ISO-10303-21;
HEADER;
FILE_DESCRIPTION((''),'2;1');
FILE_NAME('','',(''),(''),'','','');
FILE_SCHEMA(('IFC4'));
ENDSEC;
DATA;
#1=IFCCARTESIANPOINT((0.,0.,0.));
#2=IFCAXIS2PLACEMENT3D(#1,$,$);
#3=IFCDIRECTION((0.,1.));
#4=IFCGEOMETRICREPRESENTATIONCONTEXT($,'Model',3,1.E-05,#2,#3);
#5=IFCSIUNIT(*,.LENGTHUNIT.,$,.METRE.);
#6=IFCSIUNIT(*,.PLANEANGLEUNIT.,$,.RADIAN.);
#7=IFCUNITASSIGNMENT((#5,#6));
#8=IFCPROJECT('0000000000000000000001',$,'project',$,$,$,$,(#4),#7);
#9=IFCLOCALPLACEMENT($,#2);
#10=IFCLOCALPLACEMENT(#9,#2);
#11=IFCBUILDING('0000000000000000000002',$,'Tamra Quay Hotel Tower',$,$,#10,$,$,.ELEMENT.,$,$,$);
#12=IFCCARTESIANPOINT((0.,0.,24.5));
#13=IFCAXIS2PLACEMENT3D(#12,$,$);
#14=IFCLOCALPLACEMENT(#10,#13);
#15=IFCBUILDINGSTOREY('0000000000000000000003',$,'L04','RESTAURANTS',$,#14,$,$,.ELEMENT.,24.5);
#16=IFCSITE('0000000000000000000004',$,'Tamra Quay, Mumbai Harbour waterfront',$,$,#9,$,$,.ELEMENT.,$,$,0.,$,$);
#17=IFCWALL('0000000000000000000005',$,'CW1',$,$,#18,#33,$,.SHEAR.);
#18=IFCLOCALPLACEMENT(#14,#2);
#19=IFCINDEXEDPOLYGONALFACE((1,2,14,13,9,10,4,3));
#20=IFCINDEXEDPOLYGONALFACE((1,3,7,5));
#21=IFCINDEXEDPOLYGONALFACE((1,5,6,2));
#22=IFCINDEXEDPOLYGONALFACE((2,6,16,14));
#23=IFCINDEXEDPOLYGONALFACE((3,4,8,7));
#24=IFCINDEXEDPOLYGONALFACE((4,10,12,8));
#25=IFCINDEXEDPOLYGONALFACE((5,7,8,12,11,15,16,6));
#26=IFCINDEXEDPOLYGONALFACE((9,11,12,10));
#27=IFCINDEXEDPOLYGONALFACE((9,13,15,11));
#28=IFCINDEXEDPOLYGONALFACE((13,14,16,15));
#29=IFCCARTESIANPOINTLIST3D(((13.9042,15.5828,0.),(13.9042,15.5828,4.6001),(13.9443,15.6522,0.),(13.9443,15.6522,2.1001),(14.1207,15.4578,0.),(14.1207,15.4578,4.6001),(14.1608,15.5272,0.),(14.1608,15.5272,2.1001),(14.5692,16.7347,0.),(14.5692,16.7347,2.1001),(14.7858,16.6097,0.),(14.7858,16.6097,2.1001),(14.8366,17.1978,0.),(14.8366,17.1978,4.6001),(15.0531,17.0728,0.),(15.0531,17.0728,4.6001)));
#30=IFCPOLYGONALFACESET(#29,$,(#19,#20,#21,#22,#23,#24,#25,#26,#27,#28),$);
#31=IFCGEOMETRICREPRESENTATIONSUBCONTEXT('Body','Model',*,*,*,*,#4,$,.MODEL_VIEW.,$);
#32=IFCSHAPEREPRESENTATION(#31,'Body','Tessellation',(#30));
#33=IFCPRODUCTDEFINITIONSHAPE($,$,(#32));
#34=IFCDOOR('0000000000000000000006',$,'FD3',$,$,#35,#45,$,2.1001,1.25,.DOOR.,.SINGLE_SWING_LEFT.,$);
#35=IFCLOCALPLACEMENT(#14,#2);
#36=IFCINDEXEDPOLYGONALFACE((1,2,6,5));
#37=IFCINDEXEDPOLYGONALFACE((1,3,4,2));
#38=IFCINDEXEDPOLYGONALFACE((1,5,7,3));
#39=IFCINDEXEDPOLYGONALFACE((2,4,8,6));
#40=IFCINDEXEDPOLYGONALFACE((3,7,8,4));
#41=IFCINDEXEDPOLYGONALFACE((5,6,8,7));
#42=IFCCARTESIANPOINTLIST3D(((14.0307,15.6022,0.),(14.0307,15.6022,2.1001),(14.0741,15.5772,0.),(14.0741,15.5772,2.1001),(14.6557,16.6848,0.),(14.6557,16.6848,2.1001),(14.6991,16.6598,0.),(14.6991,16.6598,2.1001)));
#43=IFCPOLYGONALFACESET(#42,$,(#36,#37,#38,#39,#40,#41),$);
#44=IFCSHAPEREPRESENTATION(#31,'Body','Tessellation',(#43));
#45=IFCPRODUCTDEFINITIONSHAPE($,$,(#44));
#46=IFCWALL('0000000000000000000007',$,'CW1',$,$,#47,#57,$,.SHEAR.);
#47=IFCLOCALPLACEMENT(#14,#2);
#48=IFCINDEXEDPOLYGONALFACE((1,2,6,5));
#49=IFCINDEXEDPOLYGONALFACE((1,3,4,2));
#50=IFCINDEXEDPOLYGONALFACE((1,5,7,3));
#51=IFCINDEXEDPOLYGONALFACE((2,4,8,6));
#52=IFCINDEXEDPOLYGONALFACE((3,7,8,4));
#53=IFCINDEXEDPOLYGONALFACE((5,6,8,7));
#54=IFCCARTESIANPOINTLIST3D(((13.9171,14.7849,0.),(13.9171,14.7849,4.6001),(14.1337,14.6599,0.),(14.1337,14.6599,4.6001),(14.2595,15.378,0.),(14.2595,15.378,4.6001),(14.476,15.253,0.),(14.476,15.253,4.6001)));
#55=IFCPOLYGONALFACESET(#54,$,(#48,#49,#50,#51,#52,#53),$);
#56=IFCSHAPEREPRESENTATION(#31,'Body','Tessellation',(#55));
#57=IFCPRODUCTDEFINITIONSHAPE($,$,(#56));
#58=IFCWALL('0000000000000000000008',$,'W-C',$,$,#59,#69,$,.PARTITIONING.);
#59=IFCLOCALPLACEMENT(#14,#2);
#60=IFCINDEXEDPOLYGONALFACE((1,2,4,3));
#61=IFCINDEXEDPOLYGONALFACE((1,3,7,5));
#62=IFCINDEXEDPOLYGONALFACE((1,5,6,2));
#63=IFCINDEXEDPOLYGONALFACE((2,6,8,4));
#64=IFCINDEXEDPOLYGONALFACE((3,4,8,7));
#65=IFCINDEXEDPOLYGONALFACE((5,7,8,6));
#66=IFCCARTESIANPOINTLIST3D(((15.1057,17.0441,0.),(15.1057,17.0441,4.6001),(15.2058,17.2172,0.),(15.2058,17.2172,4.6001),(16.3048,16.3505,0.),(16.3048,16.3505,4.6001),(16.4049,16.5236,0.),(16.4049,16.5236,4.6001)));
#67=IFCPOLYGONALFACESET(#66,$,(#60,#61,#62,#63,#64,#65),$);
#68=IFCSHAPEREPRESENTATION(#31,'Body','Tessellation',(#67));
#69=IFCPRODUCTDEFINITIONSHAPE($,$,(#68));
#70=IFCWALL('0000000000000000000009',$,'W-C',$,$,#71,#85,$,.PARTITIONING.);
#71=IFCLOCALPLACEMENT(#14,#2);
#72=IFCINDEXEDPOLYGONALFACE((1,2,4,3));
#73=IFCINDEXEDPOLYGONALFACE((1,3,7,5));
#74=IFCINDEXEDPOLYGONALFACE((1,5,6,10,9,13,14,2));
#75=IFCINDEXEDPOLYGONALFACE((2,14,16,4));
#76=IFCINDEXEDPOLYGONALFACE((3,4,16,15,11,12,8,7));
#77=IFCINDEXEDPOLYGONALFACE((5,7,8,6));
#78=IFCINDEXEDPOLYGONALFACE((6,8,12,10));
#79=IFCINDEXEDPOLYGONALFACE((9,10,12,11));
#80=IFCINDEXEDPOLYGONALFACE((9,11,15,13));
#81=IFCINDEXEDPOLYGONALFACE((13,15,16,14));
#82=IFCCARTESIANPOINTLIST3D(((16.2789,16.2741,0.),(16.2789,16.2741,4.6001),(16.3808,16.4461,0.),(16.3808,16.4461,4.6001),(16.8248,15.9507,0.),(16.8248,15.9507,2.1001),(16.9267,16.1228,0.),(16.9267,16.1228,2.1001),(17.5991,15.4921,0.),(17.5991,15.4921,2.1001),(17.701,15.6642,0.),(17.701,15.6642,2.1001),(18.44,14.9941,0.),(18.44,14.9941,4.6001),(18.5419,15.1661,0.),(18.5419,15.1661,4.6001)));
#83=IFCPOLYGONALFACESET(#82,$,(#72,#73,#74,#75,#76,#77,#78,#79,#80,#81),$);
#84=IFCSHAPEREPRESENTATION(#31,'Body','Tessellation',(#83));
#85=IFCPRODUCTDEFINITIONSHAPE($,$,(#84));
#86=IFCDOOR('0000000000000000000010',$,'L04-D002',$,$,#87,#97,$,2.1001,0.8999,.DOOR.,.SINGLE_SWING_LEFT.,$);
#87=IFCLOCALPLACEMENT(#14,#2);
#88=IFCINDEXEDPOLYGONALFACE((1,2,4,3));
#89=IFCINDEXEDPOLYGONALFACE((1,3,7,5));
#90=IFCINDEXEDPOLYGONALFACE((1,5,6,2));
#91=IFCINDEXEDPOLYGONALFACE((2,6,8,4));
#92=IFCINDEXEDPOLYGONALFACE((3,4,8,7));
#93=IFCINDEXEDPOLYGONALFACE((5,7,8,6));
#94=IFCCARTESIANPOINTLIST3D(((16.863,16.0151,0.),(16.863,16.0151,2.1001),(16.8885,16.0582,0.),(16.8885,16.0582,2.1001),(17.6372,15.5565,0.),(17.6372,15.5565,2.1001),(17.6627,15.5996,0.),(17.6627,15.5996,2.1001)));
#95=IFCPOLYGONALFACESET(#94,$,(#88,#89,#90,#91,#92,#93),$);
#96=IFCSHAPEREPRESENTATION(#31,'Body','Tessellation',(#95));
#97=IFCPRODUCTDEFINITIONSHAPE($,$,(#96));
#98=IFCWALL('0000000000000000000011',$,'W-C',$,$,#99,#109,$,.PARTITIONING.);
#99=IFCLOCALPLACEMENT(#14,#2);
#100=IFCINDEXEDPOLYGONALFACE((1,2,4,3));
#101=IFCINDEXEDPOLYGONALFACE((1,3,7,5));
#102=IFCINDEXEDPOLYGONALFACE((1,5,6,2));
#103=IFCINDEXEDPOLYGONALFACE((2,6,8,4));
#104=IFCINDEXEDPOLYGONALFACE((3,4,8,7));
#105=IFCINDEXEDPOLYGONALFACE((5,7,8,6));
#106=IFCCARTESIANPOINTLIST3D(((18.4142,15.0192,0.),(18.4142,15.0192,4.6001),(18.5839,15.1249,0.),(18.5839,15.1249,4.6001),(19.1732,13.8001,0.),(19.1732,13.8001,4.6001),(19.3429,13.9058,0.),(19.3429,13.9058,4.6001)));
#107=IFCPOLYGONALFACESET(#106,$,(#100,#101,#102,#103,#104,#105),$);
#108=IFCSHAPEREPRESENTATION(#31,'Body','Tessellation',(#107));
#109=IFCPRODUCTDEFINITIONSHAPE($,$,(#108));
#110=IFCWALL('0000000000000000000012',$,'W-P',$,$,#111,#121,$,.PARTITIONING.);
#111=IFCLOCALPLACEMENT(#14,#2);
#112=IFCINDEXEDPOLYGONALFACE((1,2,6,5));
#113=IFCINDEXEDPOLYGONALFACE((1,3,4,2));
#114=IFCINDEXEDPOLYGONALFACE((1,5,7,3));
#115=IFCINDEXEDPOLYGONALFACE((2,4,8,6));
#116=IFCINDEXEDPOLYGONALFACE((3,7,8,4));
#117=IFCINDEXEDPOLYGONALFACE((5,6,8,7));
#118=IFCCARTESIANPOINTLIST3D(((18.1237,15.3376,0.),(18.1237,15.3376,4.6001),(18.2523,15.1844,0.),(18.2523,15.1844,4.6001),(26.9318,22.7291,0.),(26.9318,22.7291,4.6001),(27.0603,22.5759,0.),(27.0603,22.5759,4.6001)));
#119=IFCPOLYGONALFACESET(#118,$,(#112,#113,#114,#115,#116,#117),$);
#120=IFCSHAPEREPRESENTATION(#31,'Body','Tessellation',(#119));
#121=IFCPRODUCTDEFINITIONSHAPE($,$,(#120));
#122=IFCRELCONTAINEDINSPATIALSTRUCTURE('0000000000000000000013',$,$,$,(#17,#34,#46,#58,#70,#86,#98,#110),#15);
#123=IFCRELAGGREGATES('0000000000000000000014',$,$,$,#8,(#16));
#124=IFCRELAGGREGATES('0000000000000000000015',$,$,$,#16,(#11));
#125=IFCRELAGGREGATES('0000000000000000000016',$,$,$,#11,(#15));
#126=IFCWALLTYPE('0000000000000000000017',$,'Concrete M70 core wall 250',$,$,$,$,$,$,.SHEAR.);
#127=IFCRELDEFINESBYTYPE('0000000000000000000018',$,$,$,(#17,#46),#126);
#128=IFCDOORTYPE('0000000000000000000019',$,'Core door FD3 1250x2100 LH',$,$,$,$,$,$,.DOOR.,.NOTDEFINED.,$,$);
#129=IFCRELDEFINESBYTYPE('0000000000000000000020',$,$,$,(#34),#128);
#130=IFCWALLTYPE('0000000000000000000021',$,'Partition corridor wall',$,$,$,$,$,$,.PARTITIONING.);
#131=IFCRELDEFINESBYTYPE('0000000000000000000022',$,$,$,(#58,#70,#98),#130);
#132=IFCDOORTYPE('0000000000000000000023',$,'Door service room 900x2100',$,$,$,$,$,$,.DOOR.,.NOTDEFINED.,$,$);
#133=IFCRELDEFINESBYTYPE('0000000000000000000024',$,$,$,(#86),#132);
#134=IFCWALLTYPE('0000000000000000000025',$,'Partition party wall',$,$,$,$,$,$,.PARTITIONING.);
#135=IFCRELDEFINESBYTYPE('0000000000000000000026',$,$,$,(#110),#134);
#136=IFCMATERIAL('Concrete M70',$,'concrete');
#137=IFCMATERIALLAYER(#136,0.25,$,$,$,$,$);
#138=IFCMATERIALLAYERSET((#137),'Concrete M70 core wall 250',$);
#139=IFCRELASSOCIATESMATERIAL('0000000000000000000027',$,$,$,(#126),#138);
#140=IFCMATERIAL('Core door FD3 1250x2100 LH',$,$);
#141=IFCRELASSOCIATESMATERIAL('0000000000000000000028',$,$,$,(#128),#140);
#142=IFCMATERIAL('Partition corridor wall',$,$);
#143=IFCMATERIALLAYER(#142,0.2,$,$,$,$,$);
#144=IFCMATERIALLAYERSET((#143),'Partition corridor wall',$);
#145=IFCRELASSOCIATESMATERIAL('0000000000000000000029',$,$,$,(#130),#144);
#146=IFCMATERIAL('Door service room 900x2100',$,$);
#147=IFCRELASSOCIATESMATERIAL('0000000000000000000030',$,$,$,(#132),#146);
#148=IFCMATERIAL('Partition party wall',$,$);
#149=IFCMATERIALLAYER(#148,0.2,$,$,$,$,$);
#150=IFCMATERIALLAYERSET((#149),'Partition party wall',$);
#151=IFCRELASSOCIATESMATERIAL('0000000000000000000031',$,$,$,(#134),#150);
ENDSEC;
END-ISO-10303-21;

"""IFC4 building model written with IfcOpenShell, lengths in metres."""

from ifc_helpers import new_model, si_unit, direction, frame, frame_2d, origin, place, context, subcontext, project, spatial, rectangle, extrude, material, layer, layer_set, type_object, element, fill, save


model = new_model("IFC4")

# Units and contexts
model_context = context("Model", 3, precision=1e-05, world=origin(), true_north=direction((0.0, 1.0)))
body_context = subcontext(model_context, "Body", "Model", "MODEL_VIEW")
ifc_project = project(units=[si_unit("LENGTHUNIT", "METRE"), si_unit("PLANEANGLEUNIT", "RADIAN")], contexts=[model_context])

# Site, building, storey
site_placement = place(None, origin())
site = spatial("IfcSite", under=ifc_project, at=site_placement, Name="Tamra Quay, Mumbai Harbour waterfront", CompositionType="ELEMENT", RefElevation=0.0)
building_placement = place(site_placement, origin())
building = spatial("IfcBuilding", under=site, at=building_placement, Name="Tamra Quay Hotel Tower", CompositionType="ELEMENT")
storey_placement = place(building_placement, frame((0.0, 0.0, 24.5)))
storey = spatial("IfcBuildingStorey", under=building, at=storey_placement, Name="L04", Description="RESTAURANTS", CompositionType="ELEMENT", Elevation=24.5)

# Shared definitions
ifc_material_1 = material(Name="Concrete M70", Category="concrete")

# Shared definitions
ifc_layer_1 = layer(ifc_material_1, 0.25)
ifc_layer_set_1 = layer_set([ifc_layer_1], Name="Concrete M70 core wall 250")
wall_type_1 = type_object("IfcWallType", Name="Concrete M70 core wall 250", PredefinedType="SHEAR", material=ifc_layer_set_1)

# Wall, opening, door
wall_1_placement = place(storey_placement, frame((14.9448, 17.1353, 0.0), z_axis=(0.0, 0.0, 1.0), x_axis=(-0.499983, -0.866035, 0.0)))
wall_1 = element("IfcWall", 1, at=wall_1_placement, inside=storey, type_object=wall_type_1, Name="CW1", PredefinedType="SHEAR", context=body_context, shape_type="SweptSolid", body=[
    extrude(rectangle(XDim=1.8647, YDim=0.25, at=frame_2d((0.9324, 0.0))), origin(), (0.0, 0.0, 1.0), 4.6001),
])
opening_1_placement = place(wall_1_placement, frame((0.5347, 0.0, 0.0)))
opening_1 = element("IfcOpeningElement", 2, at=opening_1_placement, cuts=wall_1, PredefinedType="OPENING", context=body_context, shape_type="SweptSolid", body=[
    extrude(rectangle(XDim=1.25, YDim=2.1001, at=frame_2d((0.625, 1.05))), frame((0.0, 0.135, 0.0), z_axis=(0.0, -1.0, 0.0), x_axis=(1.0, 0.0, 0.0)), (0.0, 0.0, 1.0), 0.27),
])
ifc_material_2 = material(Name="Core door FD3 1250x2100 LH")
door_type_1 = type_object("IfcDoorType", Name="Core door FD3 1250x2100 LH", OperationType="NOTDEFINED", PredefinedType="DOOR", material=ifc_material_2)
door_1_placement = place(opening_1_placement, origin())
door_1 = element("IfcDoor", 3, at=door_1_placement, inside=storey, type_object=door_type_1, Name="FD3", OperationType="SINGLE_SWING_LEFT", OverallHeight=2.1001, OverallWidth=1.25, PredefinedType="DOOR", context=body_context, shape_type="SweptSolid", body=[
    extrude(rectangle(XDim=1.25, YDim=2.1001, at=frame_2d((0.625, 1.05))), frame((0.0, 0.0249, 0.0), z_axis=(0.0, -1.0, 0.0), x_axis=(1.0, 0.0, 0.0)), (0.0, 0.0, 1.0), 0.05),
])
fill(opening_1, door_1)

# Walls
wall_2_placement = place(storey_placement, frame((14.3677, 15.3154, 0.0), z_axis=(0.0, 0.0, 1.0), x_axis=(-0.499897, -0.866085, 0.0)))
element("IfcWall", 4, at=wall_2_placement, inside=storey, type_object=wall_type_1, Name="CW1", PredefinedType="SHEAR", context=body_context, shape_type="SweptSolid", body=[
    extrude(rectangle(XDim=0.6848, YDim=0.25, at=frame_2d((0.3423, 0.0))), origin(), (0.0, 0.0, 1.0), 4.6001),
])
ifc_material_3 = material(Name="Partition corridor wall")
ifc_layer_2 = layer(ifc_material_3, 0.2)
ifc_layer_set_2 = layer_set([ifc_layer_2], Name="Partition corridor wall")
wall_type_2 = type_object("IfcWallType", Name="Partition corridor wall", PredefinedType="PARTITIONING", material=ifc_layer_set_2)
wall_3_placement = place(storey_placement, frame((15.1558, 17.1306, 0.0), z_axis=(0.0, 0.0, 1.0), x_axis=(0.865639, -0.500668, 0.0)))
element("IfcWall", 5, at=wall_3_placement, inside=storey, type_object=wall_type_2, Name="W-C", PredefinedType="PARTITIONING", context=body_context, shape_type="SweptSolid", body=[
    extrude(rectangle(XDim=1.3853, YDim=0.2, at=frame_2d((0.6926, 0.0))), origin(), (0.0, 0.0, 1.0), 4.6001),
])

# Wall, opening, door
wall_4_placement = place(storey_placement, frame((16.3298, 16.3601, 0.0), z_axis=(0.0, 0.0, 1.0), x_axis=(0.860404, -0.509613, 0.0)))
wall_4 = element("IfcWall", 6, at=wall_4_placement, inside=storey, type_object=wall_type_2, Name="W-C", PredefinedType="PARTITIONING", context=body_context, shape_type="SweptSolid", body=[
    extrude(rectangle(XDim=2.5117, YDim=0.2, at=frame_2d((1.2559, 0.0))), origin(), (0.0, 0.0, 1.0), 4.6001),
])
opening_2_placement = place(wall_4_placement, frame((0.6345, 0.0, 0.0)))
opening_2 = element("IfcOpeningElement", 7, at=opening_2_placement, cuts=wall_4, PredefinedType="OPENING", context=body_context, shape_type="SweptSolid", body=[
    extrude(rectangle(XDim=0.8999, YDim=2.1001, at=frame_2d((0.45, 1.05))), frame((0.0, 0.1099, 0.0), z_axis=(0.0, -1.0, 0.0), x_axis=(1.0, 0.0, 0.0)), (0.0, 0.0, 1.0), 0.22),
])
ifc_material_4 = material(Name="Door service room 900x2100")
door_type_2 = type_object("IfcDoorType", Name="Door service room 900x2100", OperationType="NOTDEFINED", PredefinedType="DOOR", material=ifc_material_4)
door_2_placement = place(opening_2_placement, origin())
door_2 = element("IfcDoor", 8, at=door_2_placement, inside=storey, type_object=door_type_2, Name="L04-D002", OperationType="SINGLE_SWING_LEFT", OverallHeight=2.1001, OverallWidth=0.8999, PredefinedType="DOOR", context=body_context, shape_type="SweptSolid", body=[
    extrude(rectangle(XDim=0.8999, YDim=2.1001, at=frame_2d((0.45, 1.05))), frame((0.0, 0.0249, 0.0), z_axis=(0.0, -1.0, 0.0), x_axis=(1.0, 0.0, 0.0)), (0.0, 0.0, 1.0), 0.05),
])
fill(opening_2, door_2)

# Walls
wall_5_placement = place(storey_placement, frame((18.499, 15.072, 0.0), z_axis=(0.0, 0.0, 1.0), x_axis=(0.528577, -0.848885, 0.0)))
element("IfcWall", 9, at=wall_5_placement, inside=storey, type_object=wall_type_2, Name="W-C", PredefinedType="PARTITIONING", context=body_context, shape_type="SweptSolid", body=[
    extrude(rectangle(XDim=1.436, YDim=0.2, at=frame_2d((0.718, 0.0))), origin(), (0.0, 0.0, 1.0), 4.6001),
])
ifc_material_5 = material(Name="Partition party wall")
ifc_layer_3 = layer(ifc_material_5, 0.2)
ifc_layer_set_3 = layer_set([ifc_layer_3], Name="Partition party wall")
wall_type_3 = type_object("IfcWallType", Name="Partition party wall", PredefinedType="PARTITIONING", material=ifc_layer_set_3)
wall_6_placement = place(storey_placement, frame((18.188, 15.261, 0.0), z_axis=(0.0, 0.0, 1.0), x_axis=(0.766013, 0.642825, 0.0)))
element("IfcWall", 10, at=wall_6_placement, inside=storey, type_object=wall_type_3, Name="W-P", PredefinedType="PARTITIONING", context=body_context, shape_type="SweptSolid", body=[
    extrude(rectangle(XDim=11.4985, YDim=0.2, at=frame_2d((5.7493, 0.0))), origin(), (0.0, 0.0, 1.0), 4.6001),
])

save(model, "model.ifc")
